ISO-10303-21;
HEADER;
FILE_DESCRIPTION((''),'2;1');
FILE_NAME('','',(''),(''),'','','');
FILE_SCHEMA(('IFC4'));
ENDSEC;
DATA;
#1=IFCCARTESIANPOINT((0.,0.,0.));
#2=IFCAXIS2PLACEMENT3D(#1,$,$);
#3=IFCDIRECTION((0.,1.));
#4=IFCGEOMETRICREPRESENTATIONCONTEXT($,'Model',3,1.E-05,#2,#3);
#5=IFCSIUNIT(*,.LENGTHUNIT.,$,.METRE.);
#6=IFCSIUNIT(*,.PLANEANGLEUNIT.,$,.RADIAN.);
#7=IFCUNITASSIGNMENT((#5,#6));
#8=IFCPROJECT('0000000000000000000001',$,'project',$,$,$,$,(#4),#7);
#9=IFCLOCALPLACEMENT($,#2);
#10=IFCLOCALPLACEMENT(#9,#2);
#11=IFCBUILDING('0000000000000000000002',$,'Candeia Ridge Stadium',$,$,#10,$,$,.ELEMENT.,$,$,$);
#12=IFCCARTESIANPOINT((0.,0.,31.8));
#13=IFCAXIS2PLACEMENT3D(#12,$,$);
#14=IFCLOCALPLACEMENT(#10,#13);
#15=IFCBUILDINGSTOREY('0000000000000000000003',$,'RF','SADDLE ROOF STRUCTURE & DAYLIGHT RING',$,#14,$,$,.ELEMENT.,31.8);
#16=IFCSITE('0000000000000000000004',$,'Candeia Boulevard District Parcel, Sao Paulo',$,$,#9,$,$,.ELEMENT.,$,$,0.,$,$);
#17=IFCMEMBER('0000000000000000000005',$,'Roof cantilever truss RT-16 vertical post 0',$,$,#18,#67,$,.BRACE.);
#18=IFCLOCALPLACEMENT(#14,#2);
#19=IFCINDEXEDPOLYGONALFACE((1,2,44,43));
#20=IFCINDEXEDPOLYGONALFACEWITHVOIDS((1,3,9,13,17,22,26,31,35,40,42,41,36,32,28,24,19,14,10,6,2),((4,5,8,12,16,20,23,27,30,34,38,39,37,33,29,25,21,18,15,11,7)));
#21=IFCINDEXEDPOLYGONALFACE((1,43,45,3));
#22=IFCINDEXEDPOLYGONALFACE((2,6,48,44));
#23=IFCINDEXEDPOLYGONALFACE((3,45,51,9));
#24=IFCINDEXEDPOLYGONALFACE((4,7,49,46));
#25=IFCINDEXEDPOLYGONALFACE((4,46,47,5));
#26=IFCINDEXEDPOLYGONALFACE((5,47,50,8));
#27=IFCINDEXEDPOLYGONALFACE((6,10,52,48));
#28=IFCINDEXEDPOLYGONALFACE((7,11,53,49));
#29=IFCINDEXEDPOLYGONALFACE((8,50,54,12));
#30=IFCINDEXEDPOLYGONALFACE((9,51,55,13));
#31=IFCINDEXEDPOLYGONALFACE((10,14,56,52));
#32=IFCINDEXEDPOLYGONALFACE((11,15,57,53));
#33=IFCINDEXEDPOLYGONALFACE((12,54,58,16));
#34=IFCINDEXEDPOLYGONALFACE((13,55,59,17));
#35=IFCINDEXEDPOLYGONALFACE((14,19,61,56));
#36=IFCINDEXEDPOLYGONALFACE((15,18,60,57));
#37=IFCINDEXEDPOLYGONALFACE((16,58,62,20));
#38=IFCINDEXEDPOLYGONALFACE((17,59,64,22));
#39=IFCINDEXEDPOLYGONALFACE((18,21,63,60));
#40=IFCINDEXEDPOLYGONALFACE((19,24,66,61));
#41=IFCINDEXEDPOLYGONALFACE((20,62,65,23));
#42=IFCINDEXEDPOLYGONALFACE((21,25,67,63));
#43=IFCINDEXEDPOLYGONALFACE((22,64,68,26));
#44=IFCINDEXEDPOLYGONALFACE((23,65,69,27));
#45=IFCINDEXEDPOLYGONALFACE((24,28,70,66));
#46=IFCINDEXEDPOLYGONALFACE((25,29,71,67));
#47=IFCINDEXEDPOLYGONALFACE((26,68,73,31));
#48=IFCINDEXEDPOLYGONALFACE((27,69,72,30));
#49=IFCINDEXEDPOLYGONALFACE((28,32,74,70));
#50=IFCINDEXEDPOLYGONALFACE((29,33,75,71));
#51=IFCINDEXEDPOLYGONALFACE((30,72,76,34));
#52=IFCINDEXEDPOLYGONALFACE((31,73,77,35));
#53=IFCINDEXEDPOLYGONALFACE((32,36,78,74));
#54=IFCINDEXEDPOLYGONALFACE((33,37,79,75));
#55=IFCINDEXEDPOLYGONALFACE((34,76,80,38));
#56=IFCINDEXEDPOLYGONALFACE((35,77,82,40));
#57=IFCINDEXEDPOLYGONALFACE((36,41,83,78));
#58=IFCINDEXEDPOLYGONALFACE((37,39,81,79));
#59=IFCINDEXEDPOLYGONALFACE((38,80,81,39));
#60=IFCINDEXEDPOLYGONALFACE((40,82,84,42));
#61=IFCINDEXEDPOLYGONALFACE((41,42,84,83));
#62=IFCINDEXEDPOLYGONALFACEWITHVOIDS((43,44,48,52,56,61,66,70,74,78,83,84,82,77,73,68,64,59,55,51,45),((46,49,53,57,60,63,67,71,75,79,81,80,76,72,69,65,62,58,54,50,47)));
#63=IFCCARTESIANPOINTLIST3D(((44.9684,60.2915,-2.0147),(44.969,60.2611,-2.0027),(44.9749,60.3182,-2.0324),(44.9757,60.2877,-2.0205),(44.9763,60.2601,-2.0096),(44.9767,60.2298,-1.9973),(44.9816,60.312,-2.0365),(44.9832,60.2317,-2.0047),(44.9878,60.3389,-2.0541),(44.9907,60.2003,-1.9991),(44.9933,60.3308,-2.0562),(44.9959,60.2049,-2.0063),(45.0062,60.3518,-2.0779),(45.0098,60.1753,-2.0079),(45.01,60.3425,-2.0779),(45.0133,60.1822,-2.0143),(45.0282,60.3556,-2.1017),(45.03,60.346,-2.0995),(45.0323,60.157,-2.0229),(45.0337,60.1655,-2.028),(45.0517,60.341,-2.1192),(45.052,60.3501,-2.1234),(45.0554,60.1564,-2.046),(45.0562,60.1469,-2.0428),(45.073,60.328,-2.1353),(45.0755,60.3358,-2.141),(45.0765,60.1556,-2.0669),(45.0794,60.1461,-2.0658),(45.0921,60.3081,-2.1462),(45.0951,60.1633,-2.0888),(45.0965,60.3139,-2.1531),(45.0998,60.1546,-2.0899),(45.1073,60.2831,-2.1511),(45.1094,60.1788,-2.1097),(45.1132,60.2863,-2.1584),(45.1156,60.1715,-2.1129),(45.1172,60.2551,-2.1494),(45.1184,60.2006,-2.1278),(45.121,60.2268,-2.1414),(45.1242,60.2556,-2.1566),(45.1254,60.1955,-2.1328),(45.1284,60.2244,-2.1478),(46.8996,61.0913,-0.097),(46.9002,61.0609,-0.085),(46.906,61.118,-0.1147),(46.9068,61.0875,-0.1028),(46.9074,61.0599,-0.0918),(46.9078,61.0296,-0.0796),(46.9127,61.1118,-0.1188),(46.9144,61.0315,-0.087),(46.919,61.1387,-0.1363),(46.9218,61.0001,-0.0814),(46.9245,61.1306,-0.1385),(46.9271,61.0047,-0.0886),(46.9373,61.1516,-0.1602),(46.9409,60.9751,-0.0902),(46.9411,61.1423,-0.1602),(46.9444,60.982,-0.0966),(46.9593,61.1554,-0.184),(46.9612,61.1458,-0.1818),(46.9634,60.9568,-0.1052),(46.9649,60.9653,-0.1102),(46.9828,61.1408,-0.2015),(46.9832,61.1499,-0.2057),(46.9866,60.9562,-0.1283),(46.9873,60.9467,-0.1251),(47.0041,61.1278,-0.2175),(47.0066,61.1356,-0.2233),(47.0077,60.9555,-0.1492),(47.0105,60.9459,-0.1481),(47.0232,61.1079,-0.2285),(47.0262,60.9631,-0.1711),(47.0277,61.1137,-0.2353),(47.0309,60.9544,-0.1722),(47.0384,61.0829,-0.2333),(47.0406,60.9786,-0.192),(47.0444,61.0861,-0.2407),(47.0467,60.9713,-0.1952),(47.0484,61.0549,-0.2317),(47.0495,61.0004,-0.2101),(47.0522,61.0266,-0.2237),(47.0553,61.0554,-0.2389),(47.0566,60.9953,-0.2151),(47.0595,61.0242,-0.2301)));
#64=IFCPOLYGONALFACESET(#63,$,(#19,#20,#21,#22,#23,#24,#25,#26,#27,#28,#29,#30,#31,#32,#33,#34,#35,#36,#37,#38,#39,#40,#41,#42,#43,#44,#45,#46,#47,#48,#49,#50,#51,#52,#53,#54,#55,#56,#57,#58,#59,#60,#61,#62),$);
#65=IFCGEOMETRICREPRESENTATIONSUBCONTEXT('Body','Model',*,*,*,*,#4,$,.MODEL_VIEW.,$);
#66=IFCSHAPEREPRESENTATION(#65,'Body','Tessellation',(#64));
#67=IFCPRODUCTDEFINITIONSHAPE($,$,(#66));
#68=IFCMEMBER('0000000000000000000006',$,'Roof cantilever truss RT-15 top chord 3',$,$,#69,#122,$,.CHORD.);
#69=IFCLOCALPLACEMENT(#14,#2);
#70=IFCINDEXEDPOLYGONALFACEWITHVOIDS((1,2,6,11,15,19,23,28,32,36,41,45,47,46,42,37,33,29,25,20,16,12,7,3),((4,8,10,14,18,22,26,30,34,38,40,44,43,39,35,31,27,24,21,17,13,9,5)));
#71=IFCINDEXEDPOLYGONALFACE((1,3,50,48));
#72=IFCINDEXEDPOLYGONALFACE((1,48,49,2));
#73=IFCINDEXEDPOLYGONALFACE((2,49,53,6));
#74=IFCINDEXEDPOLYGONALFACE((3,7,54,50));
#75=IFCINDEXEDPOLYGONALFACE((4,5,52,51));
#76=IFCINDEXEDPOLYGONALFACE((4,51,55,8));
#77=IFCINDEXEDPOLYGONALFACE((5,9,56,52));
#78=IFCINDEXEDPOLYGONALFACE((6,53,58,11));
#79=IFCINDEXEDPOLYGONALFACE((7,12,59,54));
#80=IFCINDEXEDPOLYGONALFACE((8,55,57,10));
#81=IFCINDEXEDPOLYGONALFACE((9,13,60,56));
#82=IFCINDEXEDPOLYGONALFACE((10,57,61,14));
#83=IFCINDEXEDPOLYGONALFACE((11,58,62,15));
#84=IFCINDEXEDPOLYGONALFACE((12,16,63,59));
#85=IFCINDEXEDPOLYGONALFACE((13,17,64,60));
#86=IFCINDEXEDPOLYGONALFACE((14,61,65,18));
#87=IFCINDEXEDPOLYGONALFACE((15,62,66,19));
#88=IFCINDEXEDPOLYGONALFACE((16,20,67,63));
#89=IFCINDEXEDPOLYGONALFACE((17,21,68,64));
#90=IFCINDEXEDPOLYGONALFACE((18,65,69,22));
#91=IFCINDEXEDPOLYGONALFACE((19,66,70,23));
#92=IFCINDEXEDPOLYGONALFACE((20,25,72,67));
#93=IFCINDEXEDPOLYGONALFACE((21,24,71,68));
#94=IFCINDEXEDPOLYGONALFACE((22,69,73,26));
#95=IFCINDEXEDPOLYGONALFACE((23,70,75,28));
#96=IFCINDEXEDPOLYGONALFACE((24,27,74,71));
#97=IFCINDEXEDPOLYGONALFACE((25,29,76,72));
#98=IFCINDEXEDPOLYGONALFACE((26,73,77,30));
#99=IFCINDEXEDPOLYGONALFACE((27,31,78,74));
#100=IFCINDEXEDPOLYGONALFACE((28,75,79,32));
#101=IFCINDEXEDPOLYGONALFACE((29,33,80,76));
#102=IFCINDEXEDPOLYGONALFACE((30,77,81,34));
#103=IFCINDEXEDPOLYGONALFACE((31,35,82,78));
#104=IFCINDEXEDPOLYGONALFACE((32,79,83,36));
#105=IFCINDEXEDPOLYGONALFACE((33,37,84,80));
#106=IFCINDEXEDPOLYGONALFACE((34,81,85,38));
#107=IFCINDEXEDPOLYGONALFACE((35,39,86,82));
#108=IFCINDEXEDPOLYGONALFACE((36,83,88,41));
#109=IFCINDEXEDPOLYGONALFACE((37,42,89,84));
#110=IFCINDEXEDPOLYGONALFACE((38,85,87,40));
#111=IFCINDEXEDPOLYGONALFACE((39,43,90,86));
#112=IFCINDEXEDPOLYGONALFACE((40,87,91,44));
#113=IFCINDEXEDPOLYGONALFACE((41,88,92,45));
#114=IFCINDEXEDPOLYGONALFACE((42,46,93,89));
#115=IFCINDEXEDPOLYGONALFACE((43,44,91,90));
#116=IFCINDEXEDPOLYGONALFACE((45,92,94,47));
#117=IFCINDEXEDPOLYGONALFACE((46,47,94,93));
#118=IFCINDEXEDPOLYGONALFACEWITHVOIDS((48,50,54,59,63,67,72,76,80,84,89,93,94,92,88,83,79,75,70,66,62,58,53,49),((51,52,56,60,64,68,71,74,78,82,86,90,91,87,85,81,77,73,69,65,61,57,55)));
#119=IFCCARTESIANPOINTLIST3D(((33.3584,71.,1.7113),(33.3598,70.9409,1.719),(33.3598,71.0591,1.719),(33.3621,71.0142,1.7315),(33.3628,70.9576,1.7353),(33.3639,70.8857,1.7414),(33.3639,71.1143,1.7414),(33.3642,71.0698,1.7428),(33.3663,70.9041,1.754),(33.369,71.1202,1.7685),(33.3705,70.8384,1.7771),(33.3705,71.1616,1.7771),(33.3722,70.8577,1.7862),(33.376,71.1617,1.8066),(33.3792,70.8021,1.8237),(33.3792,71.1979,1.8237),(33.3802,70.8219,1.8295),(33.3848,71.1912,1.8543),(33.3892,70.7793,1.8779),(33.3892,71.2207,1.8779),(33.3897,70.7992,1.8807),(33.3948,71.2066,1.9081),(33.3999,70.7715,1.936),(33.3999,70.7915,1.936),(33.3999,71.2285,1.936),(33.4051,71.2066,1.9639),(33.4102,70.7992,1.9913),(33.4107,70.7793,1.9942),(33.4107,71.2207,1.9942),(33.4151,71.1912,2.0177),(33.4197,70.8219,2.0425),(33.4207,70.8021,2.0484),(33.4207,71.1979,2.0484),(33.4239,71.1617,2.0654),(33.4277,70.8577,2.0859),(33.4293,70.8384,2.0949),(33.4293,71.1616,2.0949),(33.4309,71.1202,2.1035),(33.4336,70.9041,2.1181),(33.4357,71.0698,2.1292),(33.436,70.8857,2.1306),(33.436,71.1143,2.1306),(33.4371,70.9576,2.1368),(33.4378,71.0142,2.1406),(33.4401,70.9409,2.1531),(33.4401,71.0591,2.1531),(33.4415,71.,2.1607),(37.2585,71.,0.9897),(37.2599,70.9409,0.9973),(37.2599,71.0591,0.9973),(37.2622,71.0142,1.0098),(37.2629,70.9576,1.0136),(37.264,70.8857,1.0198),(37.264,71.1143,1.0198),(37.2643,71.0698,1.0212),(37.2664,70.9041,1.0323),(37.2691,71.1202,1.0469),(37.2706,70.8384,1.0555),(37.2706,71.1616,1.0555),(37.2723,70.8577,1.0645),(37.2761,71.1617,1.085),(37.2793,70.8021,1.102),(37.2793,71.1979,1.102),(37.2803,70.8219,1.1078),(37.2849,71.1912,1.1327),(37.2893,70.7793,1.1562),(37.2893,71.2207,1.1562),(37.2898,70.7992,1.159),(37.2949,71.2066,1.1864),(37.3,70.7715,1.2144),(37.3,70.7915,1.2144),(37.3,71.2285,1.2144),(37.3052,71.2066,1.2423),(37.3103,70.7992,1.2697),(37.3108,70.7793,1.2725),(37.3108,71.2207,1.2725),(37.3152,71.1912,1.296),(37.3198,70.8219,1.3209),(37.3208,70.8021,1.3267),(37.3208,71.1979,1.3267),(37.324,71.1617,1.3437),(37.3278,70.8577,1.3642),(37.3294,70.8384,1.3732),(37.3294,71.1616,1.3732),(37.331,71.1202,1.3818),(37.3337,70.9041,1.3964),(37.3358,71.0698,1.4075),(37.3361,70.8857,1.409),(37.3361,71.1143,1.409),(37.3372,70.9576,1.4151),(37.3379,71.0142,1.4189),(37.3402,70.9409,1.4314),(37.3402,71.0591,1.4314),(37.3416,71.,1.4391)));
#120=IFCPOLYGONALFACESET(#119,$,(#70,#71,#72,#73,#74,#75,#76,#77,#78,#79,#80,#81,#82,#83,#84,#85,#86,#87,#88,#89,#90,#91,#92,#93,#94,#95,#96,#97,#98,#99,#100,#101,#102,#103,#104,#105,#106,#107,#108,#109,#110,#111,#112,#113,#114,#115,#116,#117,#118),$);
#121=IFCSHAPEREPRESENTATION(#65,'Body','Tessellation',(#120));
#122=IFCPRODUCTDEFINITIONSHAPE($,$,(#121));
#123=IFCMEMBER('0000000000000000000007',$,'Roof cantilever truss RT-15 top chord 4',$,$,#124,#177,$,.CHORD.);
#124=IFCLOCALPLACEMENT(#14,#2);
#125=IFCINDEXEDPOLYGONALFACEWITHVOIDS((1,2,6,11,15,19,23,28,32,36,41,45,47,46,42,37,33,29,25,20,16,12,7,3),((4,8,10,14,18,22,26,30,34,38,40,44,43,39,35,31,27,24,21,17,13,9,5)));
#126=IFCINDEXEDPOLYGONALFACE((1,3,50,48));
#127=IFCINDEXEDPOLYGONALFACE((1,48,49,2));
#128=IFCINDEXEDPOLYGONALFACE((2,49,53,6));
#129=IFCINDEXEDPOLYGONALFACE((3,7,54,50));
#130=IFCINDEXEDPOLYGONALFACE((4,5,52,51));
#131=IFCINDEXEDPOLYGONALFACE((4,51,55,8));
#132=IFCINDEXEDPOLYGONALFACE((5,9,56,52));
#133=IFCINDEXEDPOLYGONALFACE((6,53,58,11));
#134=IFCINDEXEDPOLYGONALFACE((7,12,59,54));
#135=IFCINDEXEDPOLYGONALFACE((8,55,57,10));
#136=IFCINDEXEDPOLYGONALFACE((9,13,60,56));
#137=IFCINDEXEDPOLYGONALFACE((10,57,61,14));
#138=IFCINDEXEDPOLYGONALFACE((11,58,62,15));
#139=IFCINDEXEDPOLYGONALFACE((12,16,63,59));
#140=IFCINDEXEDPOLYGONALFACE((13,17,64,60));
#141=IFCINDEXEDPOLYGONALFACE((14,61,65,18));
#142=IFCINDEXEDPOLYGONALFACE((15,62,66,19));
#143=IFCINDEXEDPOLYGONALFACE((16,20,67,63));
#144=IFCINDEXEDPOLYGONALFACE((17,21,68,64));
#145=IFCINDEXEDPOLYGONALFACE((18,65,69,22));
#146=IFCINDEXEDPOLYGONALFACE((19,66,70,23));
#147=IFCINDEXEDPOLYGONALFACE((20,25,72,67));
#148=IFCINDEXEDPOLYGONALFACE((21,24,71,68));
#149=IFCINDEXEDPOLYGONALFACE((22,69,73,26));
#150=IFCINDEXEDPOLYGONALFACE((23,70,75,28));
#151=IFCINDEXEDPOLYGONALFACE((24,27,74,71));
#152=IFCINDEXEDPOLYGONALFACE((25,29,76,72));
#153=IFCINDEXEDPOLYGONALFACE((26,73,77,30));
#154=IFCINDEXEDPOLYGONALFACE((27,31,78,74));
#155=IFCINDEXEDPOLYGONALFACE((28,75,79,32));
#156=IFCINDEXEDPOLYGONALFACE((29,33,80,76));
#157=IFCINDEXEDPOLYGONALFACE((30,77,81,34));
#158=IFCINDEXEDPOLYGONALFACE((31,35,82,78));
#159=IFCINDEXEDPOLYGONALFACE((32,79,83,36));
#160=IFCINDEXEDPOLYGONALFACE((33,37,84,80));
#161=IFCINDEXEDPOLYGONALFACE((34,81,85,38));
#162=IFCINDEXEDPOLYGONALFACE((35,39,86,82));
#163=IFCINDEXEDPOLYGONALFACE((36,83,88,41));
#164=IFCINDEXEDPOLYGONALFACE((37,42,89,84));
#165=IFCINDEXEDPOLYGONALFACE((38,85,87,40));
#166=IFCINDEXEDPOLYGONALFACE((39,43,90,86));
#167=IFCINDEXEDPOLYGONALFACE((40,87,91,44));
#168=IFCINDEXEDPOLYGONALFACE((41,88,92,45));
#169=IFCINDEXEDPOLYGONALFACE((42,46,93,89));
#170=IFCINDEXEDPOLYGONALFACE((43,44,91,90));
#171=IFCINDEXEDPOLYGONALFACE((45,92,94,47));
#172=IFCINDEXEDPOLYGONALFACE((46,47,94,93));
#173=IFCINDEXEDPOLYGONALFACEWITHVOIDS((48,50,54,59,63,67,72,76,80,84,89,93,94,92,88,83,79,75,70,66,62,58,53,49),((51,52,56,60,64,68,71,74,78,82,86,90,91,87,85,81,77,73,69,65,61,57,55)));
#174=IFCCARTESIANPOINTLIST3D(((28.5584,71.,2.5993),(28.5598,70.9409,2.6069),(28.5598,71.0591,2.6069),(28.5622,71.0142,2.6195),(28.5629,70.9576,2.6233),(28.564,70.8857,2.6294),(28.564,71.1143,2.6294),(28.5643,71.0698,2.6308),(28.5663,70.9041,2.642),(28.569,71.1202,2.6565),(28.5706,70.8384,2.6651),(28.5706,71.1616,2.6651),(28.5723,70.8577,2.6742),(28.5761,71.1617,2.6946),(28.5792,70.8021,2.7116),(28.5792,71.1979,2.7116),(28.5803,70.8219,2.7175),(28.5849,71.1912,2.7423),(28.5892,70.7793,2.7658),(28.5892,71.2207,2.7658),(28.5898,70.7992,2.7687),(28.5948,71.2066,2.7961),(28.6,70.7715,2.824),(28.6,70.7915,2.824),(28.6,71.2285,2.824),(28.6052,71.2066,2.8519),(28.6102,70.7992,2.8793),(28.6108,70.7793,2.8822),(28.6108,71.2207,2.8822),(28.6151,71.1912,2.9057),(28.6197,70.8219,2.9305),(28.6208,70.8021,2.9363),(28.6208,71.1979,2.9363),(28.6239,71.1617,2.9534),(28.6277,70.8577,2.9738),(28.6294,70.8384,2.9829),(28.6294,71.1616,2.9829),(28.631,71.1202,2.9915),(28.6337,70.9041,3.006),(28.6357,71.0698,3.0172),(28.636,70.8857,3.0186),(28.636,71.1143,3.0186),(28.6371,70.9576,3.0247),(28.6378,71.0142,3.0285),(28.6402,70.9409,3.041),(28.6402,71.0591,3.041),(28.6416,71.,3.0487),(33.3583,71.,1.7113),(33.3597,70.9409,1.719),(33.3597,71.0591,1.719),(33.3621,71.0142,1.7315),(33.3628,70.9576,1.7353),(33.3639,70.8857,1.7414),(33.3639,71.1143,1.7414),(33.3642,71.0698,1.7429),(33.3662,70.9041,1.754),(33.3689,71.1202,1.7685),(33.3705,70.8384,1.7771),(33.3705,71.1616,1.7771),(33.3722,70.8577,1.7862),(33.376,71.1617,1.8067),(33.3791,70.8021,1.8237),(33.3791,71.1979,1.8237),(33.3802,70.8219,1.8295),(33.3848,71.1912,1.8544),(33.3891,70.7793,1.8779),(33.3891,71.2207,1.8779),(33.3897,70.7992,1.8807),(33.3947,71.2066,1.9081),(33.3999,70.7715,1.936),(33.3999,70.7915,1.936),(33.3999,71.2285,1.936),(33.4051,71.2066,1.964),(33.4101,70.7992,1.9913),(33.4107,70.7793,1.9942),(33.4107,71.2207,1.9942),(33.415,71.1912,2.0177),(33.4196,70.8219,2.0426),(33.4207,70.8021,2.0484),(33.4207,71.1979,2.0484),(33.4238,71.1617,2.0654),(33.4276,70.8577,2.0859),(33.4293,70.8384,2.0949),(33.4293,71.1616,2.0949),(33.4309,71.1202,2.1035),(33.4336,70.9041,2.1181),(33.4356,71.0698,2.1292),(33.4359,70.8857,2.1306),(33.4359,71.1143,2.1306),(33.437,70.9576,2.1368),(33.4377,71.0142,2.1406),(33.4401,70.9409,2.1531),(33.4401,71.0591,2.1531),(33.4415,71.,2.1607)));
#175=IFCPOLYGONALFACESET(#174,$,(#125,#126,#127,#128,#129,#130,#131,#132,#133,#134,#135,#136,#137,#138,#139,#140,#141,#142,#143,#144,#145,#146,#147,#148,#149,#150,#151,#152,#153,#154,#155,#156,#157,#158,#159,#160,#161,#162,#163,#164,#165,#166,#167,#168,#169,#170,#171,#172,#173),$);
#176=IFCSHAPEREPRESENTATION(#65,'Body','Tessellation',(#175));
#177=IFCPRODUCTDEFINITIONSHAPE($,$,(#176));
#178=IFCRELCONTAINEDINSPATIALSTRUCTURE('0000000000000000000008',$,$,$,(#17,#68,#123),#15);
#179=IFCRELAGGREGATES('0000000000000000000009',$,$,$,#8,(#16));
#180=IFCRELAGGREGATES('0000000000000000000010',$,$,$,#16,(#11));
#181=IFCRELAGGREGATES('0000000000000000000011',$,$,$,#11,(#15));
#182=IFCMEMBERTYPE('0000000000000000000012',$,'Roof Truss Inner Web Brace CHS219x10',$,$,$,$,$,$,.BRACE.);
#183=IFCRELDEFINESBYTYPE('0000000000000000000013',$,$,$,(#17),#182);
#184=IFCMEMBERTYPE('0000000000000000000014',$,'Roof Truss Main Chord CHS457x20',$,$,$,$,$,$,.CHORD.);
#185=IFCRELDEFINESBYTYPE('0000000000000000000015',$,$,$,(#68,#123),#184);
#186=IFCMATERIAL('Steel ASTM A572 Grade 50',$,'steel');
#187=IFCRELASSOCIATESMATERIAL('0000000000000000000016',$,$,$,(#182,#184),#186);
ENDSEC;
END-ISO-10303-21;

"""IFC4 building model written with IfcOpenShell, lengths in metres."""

from ifc_helpers import new_model, si_unit, direction, frame, origin, origin_2d, place, context, subcontext, project, spatial, hollow_circle, extrude, material, material_profile, profile_set, type_object, element, save


model = new_model("IFC4")

# Units and contexts
model_context = context("Model", 3, precision=1e-05, world=origin(), true_north=direction((0.0, 1.0)))
body_context = subcontext(model_context, "Body", "Model", "MODEL_VIEW")
ifc_project = project(units=[si_unit("LENGTHUNIT", "METRE"), si_unit("PLANEANGLEUNIT", "RADIAN")], contexts=[model_context])

# Site, building, storey
site_placement = place(None, origin())
site = spatial("IfcSite", under=ifc_project, at=site_placement, Name="Candeia Boulevard District Parcel, Sao Paulo", CompositionType="ELEMENT", RefElevation=0.0)
building_placement = place(site_placement, origin())
building = spatial("IfcBuilding", under=site, at=building_placement, Name="Candeia Ridge Stadium", CompositionType="ELEMENT")
storey_placement = place(building_placement, frame((0.0, 0.0, 31.8)))
storey = spatial("IfcBuildingStorey", under=building, at=storey_placement, Name="RF", Description="SADDLE ROOF STRUCTURE & DAYLIGHT RING", CompositionType="ELEMENT", Elevation=31.8)

# Shared definitions
ifc_material_1 = material(Name="Steel ASTM A572 Grade 50", Category="steel")

# Members
ifc_material_profile_1 = material_profile(ifc_material_1, hollow_circle(Radius=0.1096, WallThickness=0.01, at=origin_2d()), Name="CHS219x10", Category="steel")
ifc_profile_set_1 = profile_set([ifc_material_profile_1], Name="Steel ASTM A572 Grade 50")
member_type_1 = type_object("IfcMemberType", Name="Roof Truss Inner Web Brace CHS219x10", PredefinedType="BRACE", material=ifc_profile_set_1)
member_1_placement = place(storey_placement, frame((45.0481, 60.2505, -2.0779), z_axis=(0.680781, 0.281952, 0.676048), x_axis=(-0.382641, 0.923897, 0.0)))
element("IfcMember", 1, at=member_1_placement, inside=storey, type_object=member_type_1, Name="Roof cantilever truss RT-16 vertical post 0", PredefinedType="BRACE", context=body_context, shape_type="SweptSolid", body=[
    extrude(hollow_circle(Radius=0.1096, WallThickness=0.01, at=origin_2d()), origin(), (0.0, 0.0, 1.0), 2.8367),
])
ifc_material_profile_2 = material_profile(ifc_material_1, hollow_circle(Radius=0.2285, WallThickness=0.02, at=origin_2d()), Name="CHS457x20", Category="steel")
ifc_profile_set_2 = profile_set([ifc_material_profile_2], Name="Steel ASTM A572 Grade 50")
member_type_2 = type_object("IfcMemberType", Name="Roof Truss Main Chord CHS457x20", PredefinedType="CHORD", material=ifc_profile_set_2)
member_2_placement = place(storey_placement, frame((37.3, 71.0, 1.2144), z_axis=(-0.983308, 0.0, 0.18195), x_axis=(0.0, -1.0, 0.0)))
element("IfcMember", 2, at=member_2_placement, inside=storey, type_object=member_type_2, Name="Roof cantilever truss RT-15 top chord 3", PredefinedType="CHORD", context=body_context, shape_type="SweptSolid", body=[
    extrude(hollow_circle(Radius=0.2285, WallThickness=0.02, at=origin_2d()), origin(), (0.0, 0.0, 1.0), 3.9663),
])
member_3_placement = place(storey_placement, frame((33.3999, 71.0, 1.936), z_axis=(-0.983315, 0.0, 0.181908), x_axis=(0.0, -1.0, 0.0)))
element("IfcMember", 3, at=member_3_placement, inside=storey, type_object=member_type_2, Name="Roof cantilever truss RT-15 top chord 4", PredefinedType="CHORD", context=body_context, shape_type="SweptSolid", body=[
    extrude(hollow_circle(Radius=0.2285, WallThickness=0.02, at=origin_2d()), origin(), (0.0, 0.0, 1.0), 4.8813),
])

save(model, "model.ifc")
